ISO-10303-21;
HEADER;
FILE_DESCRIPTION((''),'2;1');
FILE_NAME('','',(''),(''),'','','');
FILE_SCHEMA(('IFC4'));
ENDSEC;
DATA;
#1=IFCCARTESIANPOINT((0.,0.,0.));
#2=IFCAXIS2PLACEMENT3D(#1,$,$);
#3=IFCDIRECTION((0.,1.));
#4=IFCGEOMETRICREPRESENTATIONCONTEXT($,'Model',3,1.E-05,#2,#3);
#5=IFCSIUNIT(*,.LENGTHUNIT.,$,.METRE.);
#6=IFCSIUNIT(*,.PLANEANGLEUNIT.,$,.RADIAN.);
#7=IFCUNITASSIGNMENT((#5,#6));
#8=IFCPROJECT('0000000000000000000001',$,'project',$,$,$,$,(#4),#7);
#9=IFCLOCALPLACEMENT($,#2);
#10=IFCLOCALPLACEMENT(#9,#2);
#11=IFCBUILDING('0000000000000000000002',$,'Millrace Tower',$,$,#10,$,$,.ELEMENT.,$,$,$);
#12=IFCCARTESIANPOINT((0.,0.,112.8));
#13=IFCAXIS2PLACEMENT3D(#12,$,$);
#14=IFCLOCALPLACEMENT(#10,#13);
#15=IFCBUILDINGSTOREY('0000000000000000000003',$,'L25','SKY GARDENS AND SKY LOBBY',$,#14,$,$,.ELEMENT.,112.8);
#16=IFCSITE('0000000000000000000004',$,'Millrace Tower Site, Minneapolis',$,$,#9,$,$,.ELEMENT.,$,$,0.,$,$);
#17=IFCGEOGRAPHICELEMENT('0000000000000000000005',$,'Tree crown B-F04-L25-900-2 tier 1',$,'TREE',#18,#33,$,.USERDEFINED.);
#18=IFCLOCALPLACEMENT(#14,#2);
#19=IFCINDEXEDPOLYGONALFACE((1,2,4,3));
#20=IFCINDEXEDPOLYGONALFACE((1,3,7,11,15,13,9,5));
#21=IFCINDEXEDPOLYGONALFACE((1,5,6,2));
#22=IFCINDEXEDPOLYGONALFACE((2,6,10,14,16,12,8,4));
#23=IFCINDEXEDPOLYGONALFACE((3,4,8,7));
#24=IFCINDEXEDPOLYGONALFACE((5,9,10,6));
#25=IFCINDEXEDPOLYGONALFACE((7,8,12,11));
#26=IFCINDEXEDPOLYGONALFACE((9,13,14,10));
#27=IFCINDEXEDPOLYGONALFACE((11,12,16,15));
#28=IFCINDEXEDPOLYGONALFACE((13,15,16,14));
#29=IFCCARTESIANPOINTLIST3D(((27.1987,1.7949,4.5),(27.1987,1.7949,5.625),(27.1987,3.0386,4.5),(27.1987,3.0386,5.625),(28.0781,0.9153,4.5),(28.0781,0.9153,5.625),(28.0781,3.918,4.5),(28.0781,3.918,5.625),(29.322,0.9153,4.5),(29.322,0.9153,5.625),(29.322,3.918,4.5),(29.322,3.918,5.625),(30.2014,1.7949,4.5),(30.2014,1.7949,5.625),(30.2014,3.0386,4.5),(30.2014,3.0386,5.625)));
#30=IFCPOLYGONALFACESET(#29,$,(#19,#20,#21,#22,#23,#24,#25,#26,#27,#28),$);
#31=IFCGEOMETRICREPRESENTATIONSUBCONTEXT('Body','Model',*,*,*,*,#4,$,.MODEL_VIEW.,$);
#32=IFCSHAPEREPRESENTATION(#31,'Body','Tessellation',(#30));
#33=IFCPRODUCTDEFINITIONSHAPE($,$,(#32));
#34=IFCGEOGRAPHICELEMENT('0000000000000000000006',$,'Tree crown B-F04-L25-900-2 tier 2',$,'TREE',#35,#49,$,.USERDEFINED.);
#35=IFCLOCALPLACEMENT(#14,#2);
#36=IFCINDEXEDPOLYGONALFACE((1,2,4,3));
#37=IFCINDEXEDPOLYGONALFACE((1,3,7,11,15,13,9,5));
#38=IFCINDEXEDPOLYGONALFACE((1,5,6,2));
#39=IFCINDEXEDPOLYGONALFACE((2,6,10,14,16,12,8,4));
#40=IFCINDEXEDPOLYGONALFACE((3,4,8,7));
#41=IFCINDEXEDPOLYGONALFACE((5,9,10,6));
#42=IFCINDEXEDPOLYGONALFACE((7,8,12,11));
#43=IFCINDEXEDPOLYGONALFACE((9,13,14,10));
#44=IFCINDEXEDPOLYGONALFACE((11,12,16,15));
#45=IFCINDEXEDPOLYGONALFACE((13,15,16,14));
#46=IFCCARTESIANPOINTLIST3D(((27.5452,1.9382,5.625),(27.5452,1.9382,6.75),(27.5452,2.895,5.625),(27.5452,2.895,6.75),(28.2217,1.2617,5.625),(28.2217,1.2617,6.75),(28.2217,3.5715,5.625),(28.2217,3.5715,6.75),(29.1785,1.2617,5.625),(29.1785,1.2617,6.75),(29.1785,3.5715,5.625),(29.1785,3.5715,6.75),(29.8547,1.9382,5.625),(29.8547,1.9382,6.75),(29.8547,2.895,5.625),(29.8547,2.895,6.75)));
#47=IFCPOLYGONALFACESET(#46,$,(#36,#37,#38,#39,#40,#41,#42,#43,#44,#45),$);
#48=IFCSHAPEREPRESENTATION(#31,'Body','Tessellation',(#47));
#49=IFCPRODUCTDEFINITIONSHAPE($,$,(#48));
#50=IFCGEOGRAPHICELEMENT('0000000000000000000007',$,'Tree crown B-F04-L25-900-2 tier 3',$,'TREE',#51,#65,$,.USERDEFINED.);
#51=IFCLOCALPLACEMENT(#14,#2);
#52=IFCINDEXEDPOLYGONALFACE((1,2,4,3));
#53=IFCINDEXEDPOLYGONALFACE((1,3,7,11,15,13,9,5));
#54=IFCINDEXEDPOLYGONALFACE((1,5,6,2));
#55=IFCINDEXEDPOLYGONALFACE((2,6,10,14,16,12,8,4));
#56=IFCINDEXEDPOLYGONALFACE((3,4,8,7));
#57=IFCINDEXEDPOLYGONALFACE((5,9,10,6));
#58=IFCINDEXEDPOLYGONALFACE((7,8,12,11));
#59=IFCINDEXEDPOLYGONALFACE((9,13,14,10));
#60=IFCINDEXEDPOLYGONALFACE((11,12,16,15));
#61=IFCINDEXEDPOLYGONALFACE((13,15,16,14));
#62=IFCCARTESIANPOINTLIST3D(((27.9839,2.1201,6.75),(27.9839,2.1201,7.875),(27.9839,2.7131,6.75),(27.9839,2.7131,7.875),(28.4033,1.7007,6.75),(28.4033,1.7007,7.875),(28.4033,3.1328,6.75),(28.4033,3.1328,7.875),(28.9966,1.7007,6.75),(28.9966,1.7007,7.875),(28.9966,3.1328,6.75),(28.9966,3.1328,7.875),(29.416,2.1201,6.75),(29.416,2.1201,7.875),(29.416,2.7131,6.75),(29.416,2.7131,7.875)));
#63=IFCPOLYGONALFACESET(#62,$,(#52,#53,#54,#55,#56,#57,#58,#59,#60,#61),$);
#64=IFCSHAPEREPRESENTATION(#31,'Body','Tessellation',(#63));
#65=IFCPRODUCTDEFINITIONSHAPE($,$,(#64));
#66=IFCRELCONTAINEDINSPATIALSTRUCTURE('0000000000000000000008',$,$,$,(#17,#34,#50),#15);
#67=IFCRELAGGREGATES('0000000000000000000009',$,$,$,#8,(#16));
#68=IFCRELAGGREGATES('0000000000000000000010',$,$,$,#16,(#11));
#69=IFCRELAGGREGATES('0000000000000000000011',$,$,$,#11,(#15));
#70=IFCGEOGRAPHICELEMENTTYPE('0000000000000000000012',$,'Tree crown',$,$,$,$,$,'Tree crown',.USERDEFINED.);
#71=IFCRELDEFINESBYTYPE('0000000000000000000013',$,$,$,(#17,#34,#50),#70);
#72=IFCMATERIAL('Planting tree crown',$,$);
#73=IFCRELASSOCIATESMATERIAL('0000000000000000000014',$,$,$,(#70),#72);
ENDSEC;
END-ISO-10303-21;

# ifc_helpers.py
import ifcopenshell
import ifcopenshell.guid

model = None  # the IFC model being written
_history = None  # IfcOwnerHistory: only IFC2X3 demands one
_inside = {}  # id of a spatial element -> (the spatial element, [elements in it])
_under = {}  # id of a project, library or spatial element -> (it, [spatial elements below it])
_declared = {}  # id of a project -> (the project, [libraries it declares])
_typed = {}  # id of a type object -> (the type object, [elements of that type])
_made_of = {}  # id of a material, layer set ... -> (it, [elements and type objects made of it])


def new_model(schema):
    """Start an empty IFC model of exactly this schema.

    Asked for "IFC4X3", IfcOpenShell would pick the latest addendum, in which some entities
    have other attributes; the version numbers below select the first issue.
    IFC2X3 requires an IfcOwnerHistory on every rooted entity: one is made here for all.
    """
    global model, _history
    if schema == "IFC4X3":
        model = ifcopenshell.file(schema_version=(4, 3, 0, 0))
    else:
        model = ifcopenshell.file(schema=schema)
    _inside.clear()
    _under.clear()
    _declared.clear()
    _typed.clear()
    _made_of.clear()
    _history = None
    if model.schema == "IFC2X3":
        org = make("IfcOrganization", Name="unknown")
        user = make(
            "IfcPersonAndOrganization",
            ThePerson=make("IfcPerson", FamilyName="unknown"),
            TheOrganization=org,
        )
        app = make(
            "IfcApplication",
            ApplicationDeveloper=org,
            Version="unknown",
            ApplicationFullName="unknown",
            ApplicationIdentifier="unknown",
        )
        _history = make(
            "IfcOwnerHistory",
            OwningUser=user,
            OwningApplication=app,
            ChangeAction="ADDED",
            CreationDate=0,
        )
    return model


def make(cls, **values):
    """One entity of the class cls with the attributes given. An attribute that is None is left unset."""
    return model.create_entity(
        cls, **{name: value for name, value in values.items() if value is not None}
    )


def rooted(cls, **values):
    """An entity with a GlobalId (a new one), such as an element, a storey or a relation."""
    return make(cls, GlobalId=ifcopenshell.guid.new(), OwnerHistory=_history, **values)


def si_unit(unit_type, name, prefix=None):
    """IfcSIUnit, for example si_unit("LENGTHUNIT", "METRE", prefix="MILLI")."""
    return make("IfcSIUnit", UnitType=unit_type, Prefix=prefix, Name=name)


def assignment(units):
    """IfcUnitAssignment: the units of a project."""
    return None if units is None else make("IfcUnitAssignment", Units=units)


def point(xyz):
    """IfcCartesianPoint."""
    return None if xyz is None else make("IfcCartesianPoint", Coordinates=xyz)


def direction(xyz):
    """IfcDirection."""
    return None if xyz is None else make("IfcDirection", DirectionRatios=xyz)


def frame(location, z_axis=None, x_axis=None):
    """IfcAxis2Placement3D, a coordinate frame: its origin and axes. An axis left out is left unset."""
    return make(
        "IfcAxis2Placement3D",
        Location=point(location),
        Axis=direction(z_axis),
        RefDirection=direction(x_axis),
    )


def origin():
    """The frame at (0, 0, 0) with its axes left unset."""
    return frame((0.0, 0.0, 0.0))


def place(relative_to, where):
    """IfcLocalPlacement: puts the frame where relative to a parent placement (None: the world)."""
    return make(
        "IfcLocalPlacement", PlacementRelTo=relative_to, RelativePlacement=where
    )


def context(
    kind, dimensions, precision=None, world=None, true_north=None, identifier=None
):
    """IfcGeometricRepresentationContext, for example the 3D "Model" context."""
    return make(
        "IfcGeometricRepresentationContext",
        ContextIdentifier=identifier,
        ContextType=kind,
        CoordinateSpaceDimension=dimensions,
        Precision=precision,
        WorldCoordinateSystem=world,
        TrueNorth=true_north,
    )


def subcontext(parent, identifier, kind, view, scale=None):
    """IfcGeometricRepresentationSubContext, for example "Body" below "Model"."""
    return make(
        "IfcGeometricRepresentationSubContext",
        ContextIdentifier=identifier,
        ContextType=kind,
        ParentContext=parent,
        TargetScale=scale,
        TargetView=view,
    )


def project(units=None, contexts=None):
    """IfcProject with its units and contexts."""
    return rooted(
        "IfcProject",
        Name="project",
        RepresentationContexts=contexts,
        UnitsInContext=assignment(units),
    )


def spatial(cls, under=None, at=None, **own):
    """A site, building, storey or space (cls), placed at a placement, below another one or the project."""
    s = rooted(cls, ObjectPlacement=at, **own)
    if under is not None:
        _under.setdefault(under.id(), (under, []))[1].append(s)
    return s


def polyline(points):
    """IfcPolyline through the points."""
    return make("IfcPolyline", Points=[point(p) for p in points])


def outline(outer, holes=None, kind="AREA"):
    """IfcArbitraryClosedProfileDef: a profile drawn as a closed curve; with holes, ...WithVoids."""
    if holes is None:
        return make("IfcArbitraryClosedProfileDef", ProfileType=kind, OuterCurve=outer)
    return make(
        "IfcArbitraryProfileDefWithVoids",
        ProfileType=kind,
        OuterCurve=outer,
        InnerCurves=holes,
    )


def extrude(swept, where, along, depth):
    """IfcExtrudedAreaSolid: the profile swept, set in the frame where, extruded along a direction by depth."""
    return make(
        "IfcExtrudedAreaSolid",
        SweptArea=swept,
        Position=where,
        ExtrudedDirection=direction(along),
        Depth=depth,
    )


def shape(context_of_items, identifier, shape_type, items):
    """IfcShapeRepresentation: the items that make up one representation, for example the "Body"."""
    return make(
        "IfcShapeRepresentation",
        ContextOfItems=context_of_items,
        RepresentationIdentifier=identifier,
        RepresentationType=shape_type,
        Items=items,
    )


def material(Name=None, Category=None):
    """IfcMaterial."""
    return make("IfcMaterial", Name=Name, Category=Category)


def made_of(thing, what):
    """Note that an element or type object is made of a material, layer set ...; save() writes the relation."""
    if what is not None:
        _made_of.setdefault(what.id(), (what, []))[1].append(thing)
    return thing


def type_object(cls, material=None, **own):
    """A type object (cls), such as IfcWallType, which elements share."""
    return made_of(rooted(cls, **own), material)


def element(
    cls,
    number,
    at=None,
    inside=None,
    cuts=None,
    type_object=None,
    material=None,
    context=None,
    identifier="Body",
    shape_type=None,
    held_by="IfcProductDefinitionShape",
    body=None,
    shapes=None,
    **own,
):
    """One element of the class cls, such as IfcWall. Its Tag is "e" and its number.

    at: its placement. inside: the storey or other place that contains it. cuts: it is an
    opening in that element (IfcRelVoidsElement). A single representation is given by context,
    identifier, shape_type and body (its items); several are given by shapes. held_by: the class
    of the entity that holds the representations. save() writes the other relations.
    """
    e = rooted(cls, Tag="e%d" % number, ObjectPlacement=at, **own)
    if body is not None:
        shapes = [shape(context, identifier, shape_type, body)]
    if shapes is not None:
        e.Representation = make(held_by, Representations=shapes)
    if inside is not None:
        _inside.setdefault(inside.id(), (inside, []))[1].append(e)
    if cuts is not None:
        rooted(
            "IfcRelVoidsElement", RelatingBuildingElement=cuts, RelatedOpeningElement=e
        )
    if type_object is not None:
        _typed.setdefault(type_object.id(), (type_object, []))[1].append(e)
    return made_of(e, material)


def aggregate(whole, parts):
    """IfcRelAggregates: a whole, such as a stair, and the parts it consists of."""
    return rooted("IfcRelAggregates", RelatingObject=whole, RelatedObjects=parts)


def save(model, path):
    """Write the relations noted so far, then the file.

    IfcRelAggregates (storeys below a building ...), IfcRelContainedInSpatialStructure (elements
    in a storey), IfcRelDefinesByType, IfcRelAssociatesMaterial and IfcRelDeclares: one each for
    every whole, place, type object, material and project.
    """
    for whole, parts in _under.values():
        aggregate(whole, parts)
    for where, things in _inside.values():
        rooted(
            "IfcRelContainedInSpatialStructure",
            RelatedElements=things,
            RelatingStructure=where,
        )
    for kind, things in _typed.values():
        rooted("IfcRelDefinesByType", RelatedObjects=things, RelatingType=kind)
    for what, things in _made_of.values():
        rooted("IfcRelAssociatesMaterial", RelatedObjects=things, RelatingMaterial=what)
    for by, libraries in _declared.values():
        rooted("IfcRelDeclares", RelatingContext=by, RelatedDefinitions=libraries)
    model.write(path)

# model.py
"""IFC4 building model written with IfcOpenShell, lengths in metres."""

from ifc_helpers import new_model, si_unit, direction, frame, origin, place, context, subcontext, project, spatial, polyline, outline, extrude, material, type_object, element, save


model = new_model("IFC4")

# Units and contexts
model_context = context("Model", 3, precision=1e-05, world=origin(), true_north=direction((0.0, 1.0)))
body_context = subcontext(model_context, "Body", "Model", "MODEL_VIEW")
ifc_project = project(units=[si_unit("LENGTHUNIT", "METRE"), si_unit("PLANEANGLEUNIT", "RADIAN")], contexts=[model_context])

# Site, building, storey
site_placement = place(None, origin())
site = spatial("IfcSite", under=ifc_project, at=site_placement, Name="Millrace Tower Site, Minneapolis", CompositionType="ELEMENT", RefElevation=0.0)
building_placement = place(site_placement, origin())
building = spatial("IfcBuilding", under=site, at=building_placement, Name="Millrace Tower", CompositionType="ELEMENT")
storey_placement = place(building_placement, frame((0.0, 0.0, 112.8)))
storey = spatial("IfcBuildingStorey", under=building, at=storey_placement, Name="L25", Description="SKY GARDENS AND SKY LOBBY", CompositionType="ELEMENT", Elevation=112.8)

# Geographic elements
ifc_material_1 = material(Name="Planting tree crown")
geographic_element_type = type_object("IfcGeographicElementType", Name="Tree crown", ElementType="Tree crown", PredefinedType="USERDEFINED", material=ifc_material_1)
placement_1 = place(storey_placement, frame((0.0, 0.0, 4.5)))
placement_2 = place(storey_placement, frame((0.0, 0.0, 5.625)))
placement_3 = place(storey_placement, frame((0.0, 0.0, 6.75)))
element("IfcGeographicElement", 1, at=placement_1, inside=storey, type_object=geographic_element_type, Name="Tree crown B-F04-L25-900-2 tier 1", ObjectType="TREE", PredefinedType="USERDEFINED", context=body_context, shape_type="SweptSolid", body=[
    extrude(outline(polyline([(30.2014, 3.0386), (29.322, 3.918), (28.0781, 3.918), (27.1987, 3.0386), (27.1987, 1.7949), (28.0781, 0.9153), (29.322, 0.9153), (30.2014, 1.7949), (30.2014, 3.0386)])), origin(), (0.0, 0.0, 1.0), 1.125),
])
element("IfcGeographicElement", 2, at=placement_2, inside=storey, type_object=geographic_element_type, Name="Tree crown B-F04-L25-900-2 tier 2", ObjectType="TREE", PredefinedType="USERDEFINED", context=body_context, shape_type="SweptSolid", body=[
    extrude(outline(polyline([(29.8547, 2.895), (29.1785, 3.5715), (28.2217, 3.5715), (27.5452, 2.895), (27.5452, 1.9382), (28.2217, 1.2617), (29.1785, 1.2617), (29.8547, 1.9382), (29.8547, 2.895)])), origin(), (0.0, 0.0, 1.0), 1.125),
])
element("IfcGeographicElement", 3, at=placement_3, inside=storey, type_object=geographic_element_type, Name="Tree crown B-F04-L25-900-2 tier 3", ObjectType="TREE", PredefinedType="USERDEFINED", context=body_context, shape_type="SweptSolid", body=[
    extrude(outline(polyline([(29.416, 2.7131), (28.9966, 3.1328), (28.4033, 3.1328), (27.9839, 2.7131), (27.9839, 2.1201), (28.4033, 1.7007), (28.9966, 1.7007), (29.416, 2.1201), (29.416, 2.7131)])), origin(), (0.0, 0.0, 1.0), 1.125),
])

save(model, "model.ifc")
